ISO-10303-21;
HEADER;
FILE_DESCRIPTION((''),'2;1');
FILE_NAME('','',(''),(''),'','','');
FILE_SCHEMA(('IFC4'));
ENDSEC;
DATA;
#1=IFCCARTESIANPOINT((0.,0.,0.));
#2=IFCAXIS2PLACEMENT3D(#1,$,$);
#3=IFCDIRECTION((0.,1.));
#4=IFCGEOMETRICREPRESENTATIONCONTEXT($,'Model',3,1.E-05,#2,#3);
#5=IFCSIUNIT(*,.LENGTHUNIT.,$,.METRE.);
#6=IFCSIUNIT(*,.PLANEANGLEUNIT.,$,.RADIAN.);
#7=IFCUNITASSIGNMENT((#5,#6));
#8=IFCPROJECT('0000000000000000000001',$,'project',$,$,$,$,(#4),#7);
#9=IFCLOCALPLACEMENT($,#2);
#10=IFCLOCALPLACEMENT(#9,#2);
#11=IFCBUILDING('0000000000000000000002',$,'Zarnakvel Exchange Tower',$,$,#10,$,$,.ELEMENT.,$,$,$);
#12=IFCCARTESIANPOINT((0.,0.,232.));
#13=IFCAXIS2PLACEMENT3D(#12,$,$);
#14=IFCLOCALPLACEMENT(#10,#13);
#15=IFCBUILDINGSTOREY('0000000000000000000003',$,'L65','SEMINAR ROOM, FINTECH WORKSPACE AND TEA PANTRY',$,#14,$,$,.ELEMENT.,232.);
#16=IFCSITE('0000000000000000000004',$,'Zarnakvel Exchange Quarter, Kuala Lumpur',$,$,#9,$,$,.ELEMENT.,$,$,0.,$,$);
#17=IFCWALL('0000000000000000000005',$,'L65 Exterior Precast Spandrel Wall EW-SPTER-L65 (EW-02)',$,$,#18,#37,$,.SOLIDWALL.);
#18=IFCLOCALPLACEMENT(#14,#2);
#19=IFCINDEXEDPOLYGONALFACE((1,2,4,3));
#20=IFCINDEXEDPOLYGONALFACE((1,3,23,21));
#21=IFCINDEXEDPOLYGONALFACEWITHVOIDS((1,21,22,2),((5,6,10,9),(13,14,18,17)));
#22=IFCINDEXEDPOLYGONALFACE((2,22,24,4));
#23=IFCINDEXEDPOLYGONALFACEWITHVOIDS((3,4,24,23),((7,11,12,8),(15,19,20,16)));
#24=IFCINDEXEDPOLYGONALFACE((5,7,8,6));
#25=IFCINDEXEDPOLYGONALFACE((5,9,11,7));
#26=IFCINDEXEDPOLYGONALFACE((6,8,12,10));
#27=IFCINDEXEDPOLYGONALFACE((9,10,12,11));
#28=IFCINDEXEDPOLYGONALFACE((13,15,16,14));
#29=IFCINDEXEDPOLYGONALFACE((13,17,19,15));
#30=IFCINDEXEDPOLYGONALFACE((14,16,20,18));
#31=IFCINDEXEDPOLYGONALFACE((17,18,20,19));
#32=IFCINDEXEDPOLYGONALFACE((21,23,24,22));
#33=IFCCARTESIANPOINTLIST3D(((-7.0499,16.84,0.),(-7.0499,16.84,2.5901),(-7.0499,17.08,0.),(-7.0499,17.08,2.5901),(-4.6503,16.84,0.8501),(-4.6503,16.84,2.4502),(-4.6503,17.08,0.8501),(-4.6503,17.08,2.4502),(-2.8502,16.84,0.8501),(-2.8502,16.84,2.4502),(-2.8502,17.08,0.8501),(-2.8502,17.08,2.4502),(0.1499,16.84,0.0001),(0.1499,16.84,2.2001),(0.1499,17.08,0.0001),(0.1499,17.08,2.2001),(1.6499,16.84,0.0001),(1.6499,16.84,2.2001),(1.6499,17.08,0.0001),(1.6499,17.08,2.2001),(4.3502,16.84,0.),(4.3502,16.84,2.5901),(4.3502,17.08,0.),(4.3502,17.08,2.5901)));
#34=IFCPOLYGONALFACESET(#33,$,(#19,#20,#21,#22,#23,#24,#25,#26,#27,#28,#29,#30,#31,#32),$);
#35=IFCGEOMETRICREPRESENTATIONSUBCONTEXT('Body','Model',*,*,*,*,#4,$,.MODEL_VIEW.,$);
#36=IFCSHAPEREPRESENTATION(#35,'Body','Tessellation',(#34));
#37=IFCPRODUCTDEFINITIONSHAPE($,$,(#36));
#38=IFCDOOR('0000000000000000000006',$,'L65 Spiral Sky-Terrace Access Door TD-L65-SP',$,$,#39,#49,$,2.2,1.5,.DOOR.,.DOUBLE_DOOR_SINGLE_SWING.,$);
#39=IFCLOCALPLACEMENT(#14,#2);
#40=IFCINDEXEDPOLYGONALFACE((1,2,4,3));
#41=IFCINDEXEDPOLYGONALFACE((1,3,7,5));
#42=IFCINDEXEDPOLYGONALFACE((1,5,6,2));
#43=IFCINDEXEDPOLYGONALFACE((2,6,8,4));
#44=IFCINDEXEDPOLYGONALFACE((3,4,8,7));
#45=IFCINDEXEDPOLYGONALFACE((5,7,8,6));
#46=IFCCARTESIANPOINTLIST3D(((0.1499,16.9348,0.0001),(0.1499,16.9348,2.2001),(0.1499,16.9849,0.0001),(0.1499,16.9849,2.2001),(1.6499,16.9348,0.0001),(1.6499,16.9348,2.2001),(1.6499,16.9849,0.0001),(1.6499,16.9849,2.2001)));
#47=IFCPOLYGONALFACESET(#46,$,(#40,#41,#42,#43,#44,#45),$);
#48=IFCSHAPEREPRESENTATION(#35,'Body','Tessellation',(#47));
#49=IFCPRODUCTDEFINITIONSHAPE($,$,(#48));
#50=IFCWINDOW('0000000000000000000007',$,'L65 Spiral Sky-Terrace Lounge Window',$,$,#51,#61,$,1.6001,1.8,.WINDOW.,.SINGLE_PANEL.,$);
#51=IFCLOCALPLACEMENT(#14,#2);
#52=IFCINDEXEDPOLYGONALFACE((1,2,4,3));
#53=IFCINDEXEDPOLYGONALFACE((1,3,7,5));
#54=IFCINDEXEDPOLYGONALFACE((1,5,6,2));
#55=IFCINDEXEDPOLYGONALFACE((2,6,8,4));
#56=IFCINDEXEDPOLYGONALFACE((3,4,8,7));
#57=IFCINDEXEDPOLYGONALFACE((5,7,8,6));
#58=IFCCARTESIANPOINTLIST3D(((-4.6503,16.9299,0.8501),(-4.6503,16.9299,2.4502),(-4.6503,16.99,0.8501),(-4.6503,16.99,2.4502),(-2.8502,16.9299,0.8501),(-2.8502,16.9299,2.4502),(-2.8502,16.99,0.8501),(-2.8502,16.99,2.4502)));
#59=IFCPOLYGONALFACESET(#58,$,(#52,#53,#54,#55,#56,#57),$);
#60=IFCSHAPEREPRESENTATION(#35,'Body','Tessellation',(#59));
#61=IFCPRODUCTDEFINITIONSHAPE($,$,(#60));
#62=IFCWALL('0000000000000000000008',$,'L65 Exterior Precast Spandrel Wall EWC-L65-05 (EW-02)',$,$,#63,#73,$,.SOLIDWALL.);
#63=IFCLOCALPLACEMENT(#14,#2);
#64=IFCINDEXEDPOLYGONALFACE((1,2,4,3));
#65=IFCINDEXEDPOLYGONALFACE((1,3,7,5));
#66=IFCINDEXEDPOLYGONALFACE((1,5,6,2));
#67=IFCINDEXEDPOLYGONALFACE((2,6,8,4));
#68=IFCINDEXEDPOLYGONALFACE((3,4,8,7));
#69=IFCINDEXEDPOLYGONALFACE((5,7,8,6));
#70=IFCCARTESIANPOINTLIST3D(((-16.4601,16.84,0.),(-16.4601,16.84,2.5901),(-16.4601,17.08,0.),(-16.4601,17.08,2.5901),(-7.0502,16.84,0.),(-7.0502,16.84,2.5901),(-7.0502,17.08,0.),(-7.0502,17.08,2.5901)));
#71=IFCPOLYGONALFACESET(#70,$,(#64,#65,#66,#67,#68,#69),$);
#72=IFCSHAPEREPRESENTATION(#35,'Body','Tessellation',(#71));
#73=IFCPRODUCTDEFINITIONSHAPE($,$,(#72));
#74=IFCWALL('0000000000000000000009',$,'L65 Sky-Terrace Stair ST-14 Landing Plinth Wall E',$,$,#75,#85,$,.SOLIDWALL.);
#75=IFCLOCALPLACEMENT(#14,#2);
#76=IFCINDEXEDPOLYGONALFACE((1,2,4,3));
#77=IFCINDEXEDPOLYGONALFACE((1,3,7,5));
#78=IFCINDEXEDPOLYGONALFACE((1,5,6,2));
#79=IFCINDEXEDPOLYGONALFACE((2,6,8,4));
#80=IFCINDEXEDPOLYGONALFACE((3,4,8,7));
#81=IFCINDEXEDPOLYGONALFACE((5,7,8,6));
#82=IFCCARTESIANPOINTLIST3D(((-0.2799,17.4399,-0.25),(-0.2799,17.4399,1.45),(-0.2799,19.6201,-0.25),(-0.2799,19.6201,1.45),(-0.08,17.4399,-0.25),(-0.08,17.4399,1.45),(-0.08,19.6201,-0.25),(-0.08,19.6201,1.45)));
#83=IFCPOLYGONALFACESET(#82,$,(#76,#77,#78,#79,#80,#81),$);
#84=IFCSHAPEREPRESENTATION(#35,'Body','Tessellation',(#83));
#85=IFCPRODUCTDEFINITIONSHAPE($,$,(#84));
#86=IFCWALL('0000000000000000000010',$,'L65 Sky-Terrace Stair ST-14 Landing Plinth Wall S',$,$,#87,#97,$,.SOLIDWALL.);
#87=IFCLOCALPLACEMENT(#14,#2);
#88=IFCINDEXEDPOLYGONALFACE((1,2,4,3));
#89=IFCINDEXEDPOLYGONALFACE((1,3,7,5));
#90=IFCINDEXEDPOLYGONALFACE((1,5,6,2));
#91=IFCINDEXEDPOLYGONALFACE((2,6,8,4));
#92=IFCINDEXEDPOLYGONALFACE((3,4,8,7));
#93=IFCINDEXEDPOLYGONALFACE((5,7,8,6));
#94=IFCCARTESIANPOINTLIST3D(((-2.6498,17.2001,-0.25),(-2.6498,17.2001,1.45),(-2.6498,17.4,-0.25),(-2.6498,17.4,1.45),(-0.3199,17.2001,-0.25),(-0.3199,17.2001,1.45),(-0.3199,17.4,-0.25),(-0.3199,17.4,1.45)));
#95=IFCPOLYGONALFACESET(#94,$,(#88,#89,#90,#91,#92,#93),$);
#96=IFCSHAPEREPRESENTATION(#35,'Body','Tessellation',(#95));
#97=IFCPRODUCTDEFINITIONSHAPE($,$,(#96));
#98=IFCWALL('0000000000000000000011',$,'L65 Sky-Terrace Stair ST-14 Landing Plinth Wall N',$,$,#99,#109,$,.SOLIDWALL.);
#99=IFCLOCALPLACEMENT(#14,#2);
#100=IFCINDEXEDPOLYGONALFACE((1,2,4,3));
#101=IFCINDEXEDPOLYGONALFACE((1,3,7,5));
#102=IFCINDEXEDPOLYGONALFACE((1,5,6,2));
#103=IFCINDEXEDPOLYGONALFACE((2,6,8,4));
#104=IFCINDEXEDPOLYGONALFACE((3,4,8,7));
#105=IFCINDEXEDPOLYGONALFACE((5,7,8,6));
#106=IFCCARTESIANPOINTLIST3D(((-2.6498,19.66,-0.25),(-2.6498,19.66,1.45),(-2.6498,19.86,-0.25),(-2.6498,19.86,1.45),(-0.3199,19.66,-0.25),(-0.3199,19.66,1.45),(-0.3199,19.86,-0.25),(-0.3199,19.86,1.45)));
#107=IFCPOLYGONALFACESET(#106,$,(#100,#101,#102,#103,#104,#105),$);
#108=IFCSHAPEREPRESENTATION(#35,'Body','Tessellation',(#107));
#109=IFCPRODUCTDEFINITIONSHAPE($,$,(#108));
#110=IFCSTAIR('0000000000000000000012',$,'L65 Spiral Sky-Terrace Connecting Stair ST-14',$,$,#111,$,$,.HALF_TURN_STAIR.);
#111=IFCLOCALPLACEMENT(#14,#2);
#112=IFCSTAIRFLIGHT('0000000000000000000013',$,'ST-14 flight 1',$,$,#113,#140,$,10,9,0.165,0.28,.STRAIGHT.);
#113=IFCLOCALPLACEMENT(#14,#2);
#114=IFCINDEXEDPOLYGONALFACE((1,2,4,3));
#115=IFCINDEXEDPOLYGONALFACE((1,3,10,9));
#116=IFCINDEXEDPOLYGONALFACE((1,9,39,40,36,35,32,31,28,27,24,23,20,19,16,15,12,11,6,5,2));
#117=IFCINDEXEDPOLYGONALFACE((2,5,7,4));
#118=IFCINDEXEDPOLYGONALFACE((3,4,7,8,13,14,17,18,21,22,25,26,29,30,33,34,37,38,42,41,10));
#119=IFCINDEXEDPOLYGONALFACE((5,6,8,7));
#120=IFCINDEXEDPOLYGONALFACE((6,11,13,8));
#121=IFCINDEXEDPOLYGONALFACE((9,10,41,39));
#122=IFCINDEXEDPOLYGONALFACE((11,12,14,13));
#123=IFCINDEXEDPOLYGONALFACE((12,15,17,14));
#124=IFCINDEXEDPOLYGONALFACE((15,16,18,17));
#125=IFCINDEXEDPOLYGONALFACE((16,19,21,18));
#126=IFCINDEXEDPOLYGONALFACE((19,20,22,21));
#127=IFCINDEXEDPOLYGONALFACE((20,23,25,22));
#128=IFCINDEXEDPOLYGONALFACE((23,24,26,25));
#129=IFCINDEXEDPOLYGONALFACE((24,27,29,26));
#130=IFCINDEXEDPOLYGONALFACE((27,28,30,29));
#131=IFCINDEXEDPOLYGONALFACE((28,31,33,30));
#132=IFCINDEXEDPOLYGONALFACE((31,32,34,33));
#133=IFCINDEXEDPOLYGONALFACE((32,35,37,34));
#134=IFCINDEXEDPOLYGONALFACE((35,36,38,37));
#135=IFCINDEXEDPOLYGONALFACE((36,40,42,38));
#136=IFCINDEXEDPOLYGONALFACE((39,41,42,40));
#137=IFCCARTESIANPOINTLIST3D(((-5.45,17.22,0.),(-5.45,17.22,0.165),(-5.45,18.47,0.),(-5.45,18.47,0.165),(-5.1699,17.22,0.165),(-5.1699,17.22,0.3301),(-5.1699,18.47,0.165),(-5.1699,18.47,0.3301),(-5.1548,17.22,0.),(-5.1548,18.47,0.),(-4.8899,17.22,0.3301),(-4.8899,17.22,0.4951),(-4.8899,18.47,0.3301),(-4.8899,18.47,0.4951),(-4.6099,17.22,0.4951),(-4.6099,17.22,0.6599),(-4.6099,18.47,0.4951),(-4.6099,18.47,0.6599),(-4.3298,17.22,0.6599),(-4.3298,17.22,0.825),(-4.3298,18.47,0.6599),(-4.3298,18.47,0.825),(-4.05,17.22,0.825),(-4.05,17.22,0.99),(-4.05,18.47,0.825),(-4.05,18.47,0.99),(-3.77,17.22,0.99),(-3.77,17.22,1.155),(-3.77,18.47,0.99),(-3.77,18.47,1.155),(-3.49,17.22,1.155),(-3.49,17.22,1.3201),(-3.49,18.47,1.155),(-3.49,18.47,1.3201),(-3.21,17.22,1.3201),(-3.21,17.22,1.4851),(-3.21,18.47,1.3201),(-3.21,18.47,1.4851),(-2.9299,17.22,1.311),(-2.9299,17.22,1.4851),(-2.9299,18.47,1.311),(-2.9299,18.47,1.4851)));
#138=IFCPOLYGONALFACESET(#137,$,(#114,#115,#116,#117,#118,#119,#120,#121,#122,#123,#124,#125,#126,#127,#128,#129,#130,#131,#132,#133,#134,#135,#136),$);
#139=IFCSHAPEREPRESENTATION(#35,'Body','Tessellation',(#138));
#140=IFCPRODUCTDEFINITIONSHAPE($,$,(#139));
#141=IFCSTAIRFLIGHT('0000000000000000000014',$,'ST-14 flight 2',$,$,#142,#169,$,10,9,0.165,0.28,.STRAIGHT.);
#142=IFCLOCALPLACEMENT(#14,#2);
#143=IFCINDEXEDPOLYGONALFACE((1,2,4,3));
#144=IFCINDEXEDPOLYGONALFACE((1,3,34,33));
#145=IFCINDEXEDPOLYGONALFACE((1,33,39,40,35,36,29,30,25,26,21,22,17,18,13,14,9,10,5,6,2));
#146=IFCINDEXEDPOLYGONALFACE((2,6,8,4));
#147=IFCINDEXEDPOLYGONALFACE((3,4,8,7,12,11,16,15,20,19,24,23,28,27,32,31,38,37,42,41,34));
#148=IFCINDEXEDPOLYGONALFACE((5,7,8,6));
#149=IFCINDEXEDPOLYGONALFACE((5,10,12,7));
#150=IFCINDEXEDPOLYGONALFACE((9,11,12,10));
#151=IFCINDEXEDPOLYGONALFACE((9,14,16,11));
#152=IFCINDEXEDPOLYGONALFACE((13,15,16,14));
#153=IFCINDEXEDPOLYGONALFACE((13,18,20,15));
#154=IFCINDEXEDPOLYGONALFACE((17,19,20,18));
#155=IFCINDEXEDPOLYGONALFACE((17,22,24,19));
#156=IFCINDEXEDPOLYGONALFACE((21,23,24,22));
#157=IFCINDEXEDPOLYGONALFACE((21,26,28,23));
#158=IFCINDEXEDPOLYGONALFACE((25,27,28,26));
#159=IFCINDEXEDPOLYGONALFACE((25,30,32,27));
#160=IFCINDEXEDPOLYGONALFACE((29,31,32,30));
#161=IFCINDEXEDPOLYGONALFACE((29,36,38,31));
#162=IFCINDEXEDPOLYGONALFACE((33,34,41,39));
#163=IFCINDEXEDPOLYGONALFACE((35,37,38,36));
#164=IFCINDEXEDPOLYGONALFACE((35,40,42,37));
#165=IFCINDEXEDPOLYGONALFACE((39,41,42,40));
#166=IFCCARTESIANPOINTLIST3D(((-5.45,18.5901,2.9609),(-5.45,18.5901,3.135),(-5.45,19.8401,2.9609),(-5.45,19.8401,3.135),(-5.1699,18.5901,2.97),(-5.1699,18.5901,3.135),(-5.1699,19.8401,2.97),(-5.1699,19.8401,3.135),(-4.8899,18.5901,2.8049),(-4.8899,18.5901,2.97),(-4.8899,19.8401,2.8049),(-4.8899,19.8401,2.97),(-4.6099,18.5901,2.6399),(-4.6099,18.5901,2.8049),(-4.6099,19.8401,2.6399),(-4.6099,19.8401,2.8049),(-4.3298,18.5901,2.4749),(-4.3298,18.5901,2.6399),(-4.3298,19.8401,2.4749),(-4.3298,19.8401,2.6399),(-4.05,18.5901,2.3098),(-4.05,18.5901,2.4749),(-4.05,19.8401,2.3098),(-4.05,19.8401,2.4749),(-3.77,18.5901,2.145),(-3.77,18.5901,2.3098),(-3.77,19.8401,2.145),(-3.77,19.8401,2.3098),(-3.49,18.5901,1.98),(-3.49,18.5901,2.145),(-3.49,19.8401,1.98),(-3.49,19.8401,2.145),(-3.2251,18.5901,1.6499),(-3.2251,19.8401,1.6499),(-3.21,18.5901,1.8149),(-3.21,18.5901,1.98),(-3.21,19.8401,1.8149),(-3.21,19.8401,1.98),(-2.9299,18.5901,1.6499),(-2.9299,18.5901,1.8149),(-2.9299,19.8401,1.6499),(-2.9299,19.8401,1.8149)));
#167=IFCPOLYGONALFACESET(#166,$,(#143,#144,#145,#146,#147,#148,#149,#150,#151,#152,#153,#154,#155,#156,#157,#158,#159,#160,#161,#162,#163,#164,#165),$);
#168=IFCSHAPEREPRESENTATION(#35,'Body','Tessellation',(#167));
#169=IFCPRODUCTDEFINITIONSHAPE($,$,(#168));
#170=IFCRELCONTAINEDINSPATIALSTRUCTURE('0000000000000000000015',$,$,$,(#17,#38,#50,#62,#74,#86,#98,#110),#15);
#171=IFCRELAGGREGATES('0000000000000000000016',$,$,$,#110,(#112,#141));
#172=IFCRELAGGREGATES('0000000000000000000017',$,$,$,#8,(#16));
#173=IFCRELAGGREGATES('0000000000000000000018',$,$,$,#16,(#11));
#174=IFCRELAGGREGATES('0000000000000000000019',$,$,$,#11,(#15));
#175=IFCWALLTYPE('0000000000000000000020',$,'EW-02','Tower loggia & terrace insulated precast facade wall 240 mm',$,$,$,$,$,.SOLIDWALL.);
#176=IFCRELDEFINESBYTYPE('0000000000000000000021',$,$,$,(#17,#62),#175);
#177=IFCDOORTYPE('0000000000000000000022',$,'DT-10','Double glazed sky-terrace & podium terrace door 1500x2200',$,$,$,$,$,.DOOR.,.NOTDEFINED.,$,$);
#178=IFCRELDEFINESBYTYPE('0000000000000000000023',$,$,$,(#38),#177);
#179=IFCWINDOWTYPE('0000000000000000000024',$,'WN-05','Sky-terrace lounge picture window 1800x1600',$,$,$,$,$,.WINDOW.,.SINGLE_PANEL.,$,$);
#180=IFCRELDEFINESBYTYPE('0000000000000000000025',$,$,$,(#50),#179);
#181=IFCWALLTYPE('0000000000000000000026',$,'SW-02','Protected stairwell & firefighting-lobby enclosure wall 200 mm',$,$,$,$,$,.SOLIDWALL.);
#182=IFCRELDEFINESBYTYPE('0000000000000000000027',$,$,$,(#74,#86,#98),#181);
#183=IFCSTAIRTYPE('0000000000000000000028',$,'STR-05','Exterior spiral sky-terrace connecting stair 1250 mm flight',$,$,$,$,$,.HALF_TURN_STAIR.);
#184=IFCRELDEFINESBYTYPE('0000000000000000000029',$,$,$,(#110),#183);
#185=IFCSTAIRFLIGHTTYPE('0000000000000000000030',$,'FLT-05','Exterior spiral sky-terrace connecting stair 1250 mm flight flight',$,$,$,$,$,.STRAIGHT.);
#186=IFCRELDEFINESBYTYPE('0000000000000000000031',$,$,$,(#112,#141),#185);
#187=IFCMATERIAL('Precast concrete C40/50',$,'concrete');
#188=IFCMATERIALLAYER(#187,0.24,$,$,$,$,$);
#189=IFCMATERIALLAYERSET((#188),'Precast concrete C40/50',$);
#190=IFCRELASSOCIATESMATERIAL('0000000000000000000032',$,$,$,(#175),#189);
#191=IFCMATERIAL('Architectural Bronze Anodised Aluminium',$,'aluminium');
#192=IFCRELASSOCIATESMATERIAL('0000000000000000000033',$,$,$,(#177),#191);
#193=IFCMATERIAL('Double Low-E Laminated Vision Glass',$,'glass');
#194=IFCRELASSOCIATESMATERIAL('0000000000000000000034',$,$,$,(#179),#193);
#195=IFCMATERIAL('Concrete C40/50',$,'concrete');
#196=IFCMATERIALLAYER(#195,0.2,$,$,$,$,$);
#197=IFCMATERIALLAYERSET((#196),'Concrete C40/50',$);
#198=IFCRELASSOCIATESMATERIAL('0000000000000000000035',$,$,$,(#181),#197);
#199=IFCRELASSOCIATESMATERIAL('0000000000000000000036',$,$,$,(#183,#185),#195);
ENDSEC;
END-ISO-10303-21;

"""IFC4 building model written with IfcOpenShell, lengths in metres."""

from ifc_helpers import new_model, si_unit, direction, frame, frame_2d, origin, place, context, subcontext, project, spatial, polyline, rectangle, outline, extrude, source, transform, mapped, material, layer, layer_set, type_object, element, fill, aggregate, save


model = new_model("IFC4")

# Units and contexts
model_context = context("Model", 3, precision=1e-05, world=origin(), true_north=direction((0.0, 1.0)))
body_context = subcontext(model_context, "Body", "Model", "MODEL_VIEW")
ifc_project = project(units=[si_unit("LENGTHUNIT", "METRE"), si_unit("PLANEANGLEUNIT", "RADIAN")], contexts=[model_context])

# Site, building, storey
site_placement = place(None, origin())
site = spatial("IfcSite", under=ifc_project, at=site_placement, Name="Zarnakvel Exchange Quarter, Kuala Lumpur", CompositionType="ELEMENT", RefElevation=0.0)
building_placement = place(site_placement, origin())
building = spatial("IfcBuilding", under=site, at=building_placement, Name="Zarnakvel Exchange Tower", CompositionType="ELEMENT")
storey_placement = place(building_placement, frame((0.0, 0.0, 232.0)))
storey = spatial("IfcBuildingStorey", under=building, at=storey_placement, Name="L65", Description="SEMINAR ROOM, FINTECH WORKSPACE AND TEA PANTRY", CompositionType="ELEMENT", Elevation=232.0)

# Wall, openings, door, window
ifc_material_1 = material(Name="Precast concrete C40/50", Category="concrete")
ifc_layer_1 = layer(ifc_material_1, 0.24)
ifc_layer_set_1 = layer_set([ifc_layer_1], Name="Precast concrete C40/50")
wall_type_1 = type_object("IfcWallType", Name="EW-02", Description="Tower loggia & terrace insulated precast facade wall 240 mm", PredefinedType="SOLIDWALL", material=ifc_layer_set_1)
wall_1_placement = place(storey_placement, frame((-7.05, 16.96, 0.0), z_axis=(0.0, 0.0, 1.0), x_axis=(1.0, 0.0, 0.0)))
wall_1 = element("IfcWall", 1, at=wall_1_placement, inside=storey, type_object=wall_type_1, Name="L65 Exterior Precast Spandrel Wall EW-SPTER-L65 (EW-02)", PredefinedType="SOLIDWALL", context=body_context, shape_type="SweptSolid", body=[
    extrude(rectangle(XDim=11.4001, YDim=0.24, at=frame_2d((5.7002, 0.0))), origin(), (0.0, 0.0, 1.0), 2.5901),
])
opening_1_placement = place(wall_1_placement, frame((7.2, 0.0, 0.0)))
opening_1 = element("IfcOpeningElement", 2, at=opening_1_placement, cuts=wall_1, PredefinedType="OPENING", context=body_context, shape_type="SweptSolid", body=[
    extrude(rectangle(XDim=1.5, YDim=2.2, at=frame_2d((0.75, 1.1001))), frame((0.0, 0.1299, 0.0), z_axis=(0.0, -1.0, 0.0), x_axis=(1.0, 0.0, 0.0)), (0.0, 0.0, 1.0), 0.26),
])
opening_2_placement = place(wall_1_placement, frame((2.3999, 0.0, 0.8501)))
opening_2 = element("IfcOpeningElement", 3, at=opening_2_placement, cuts=wall_1, PredefinedType="OPENING", context=body_context, shape_type="SweptSolid", body=[
    extrude(rectangle(XDim=1.8, YDim=1.6001, at=frame_2d((0.8999, 0.8))), frame((0.0, 0.1299, 0.0), z_axis=(0.0, -1.0, 0.0), x_axis=(1.0, 0.0, 0.0)), (0.0, 0.0, 1.0), 0.26),
])
ifc_material_2 = material(Name="Architectural Bronze Anodised Aluminium", Category="aluminium")
door_type = type_object("IfcDoorType", Name="DT-10", Description="Double glazed sky-terrace & podium terrace door 1500x2200", OperationType="NOTDEFINED", PredefinedType="DOOR", material=ifc_material_2)
shared_shape_1 = source(origin(), body_context, "Body", "SweptSolid", [
    extrude(rectangle(XDim=1.5, YDim=2.2, at=frame_2d((0.75, 1.1001))), frame((0.0, 0.0249, 0.0), z_axis=(0.0, -1.0, 0.0), x_axis=(1.0, 0.0, 0.0)), (0.0, 0.0, 1.0), 0.05),
])
door_placement = place(opening_1_placement, origin())
door = element("IfcDoor", 4, at=door_placement, inside=storey, type_object=door_type, Name="L65 Spiral Sky-Terrace Access Door TD-L65-SP", OperationType="DOUBLE_DOOR_SINGLE_SWING", OverallHeight=2.2, OverallWidth=1.5, PredefinedType="DOOR", context=body_context, shape_type="MappedRepresentation", body=[
    mapped(shared_shape_1, transform((0.0, 0.0, 0.0), x_axis=(1.0, 0.0, 0.0), y_axis=(0.0, 1.0, 0.0), z_axis=(0.0, 0.0, 1.0), scale=1.0)),
])
fill(opening_1, door)
ifc_material_3 = material(Name="Double Low-E Laminated Vision Glass", Category="glass")
window_type = type_object("IfcWindowType", Name="WN-05", Description="Sky-terrace lounge picture window 1800x1600", PartitioningType="SINGLE_PANEL", PredefinedType="WINDOW", material=ifc_material_3)
shared_shape_2 = source(origin(), body_context, "Body", "SweptSolid", [
    extrude(rectangle(XDim=1.8, YDim=1.6001, at=frame_2d((0.8999, 0.8))), frame((0.0, 0.03, 0.0), z_axis=(0.0, -1.0, 0.0), x_axis=(1.0, 0.0, 0.0)), (0.0, 0.0, 1.0), 0.0601),
])
window_placement = place(opening_2_placement, origin())
window = element("IfcWindow", 5, at=window_placement, inside=storey, type_object=window_type, Name="L65 Spiral Sky-Terrace Lounge Window", OverallHeight=1.6001, OverallWidth=1.8, PartitioningType="SINGLE_PANEL", PredefinedType="WINDOW", context=body_context, shape_type="MappedRepresentation", body=[
    mapped(shared_shape_2, transform((0.0, 0.0, 0.0), x_axis=(1.0, 0.0, 0.0), y_axis=(0.0, 1.0, 0.0), z_axis=(0.0, 0.0, 1.0), scale=1.0)),
])
fill(opening_2, window)

# Walls
wall_2_placement = place(storey_placement, frame((-7.05, 16.96, 0.0), z_axis=(0.0, 0.0, 1.0), x_axis=(-1.0, 0.0, 0.0)))
element("IfcWall", 6, at=wall_2_placement, inside=storey, type_object=wall_type_1, Name="L65 Exterior Precast Spandrel Wall EWC-L65-05 (EW-02)", PredefinedType="SOLIDWALL", context=body_context, shape_type="SweptSolid", body=[
    extrude(rectangle(XDim=9.4099, YDim=0.24, at=frame_2d((4.7051, 0.0))), origin(), (0.0, 0.0, 1.0), 2.5901),
])
ifc_material_4 = material(Name="Concrete C40/50", Category="concrete")
ifc_layer_2 = layer(ifc_material_4, 0.2)
ifc_layer_set_2 = layer_set([ifc_layer_2], Name="Concrete C40/50")
wall_type_2 = type_object("IfcWallType", Name="SW-02", Description="Protected stairwell & firefighting-lobby enclosure wall 200 mm", PredefinedType="SOLIDWALL", material=ifc_layer_set_2)
wall_3_placement = place(storey_placement, frame((-0.1799, 17.4399, -0.25), z_axis=(0.0, 0.0, 1.0), x_axis=(0.0, 1.0, 0.0)))
element("IfcWall", 7, at=wall_3_placement, inside=storey, type_object=wall_type_2, Name="L65 Sky-Terrace Stair ST-14 Landing Plinth Wall E", PredefinedType="SOLIDWALL", context=body_context, shape_type="SweptSolid", body=[
    extrude(rectangle(XDim=2.1802, YDim=0.2, at=frame_2d((1.0901, 0.0))), origin(), (0.0, 0.0, 1.0), 1.7),
])
for number, where, z_axis, x_axis, name in (
    (8, (-2.6499, 17.3, -0.25), (0.0, 0.0, 1.0), (1.0, 0.0, 0.0), "L65 Sky-Terrace Stair ST-14 Landing Plinth Wall S"),
    (9, (-2.6499, 19.76, -0.25), (0.0, 0.0, 1.0), (1.0, 0.0, 0.0), "L65 Sky-Terrace Stair ST-14 Landing Plinth Wall N"),
):
    element("IfcWall", number, at=place(storey_placement, frame(where, z_axis=z_axis, x_axis=x_axis)), inside=storey, type_object=wall_type_2, Name=name, PredefinedType="SOLIDWALL", context=body_context, shape_type="SweptSolid", body=[
        extrude(rectangle(XDim=2.3298, YDim=0.2, at=frame_2d((1.165, 0.0))), origin(), (0.0, 0.0, 1.0), 1.7),
    ])

# Stair, stair flights
stair_type = type_object("IfcStairType", Name="STR-05", Description="Exterior spiral sky-terrace connecting stair 1250 mm flight", PredefinedType="HALF_TURN_STAIR", material=ifc_material_4)
stair_placement = place(storey_placement, origin())
stair = element("IfcStair", 10, at=stair_placement, inside=storey, type_object=stair_type, Name="L65 Spiral Sky-Terrace Connecting Stair ST-14", PredefinedType="HALF_TURN_STAIR")
stair_flight_type = type_object("IfcStairFlightType", Name="FLT-05", Description="Exterior spiral sky-terrace connecting stair 1250 mm flight flight", PredefinedType="STRAIGHT", material=ifc_material_4)
stair_flight_1_placement = place(storey_placement, frame((-5.45, 17.845, 0.0), z_axis=(0.0, 0.0, 1.0), x_axis=(1.0, 0.0, 0.0)))
stair_flight_1 = element("IfcStairFlight", 11, at=stair_flight_1_placement, type_object=stair_flight_type, Name="ST-14 flight 1", NumberOfRisers=10, NumberOfTreads=9, PredefinedType="STRAIGHT", RiserHeight=0.165, TreadLength=0.28, context=body_context, shape_type="SweptSolid", body=[
    extrude(outline(polyline([(0.0, 0.0), (0.0, 0.165), (0.28, 0.165), (0.28, 0.3301), (0.5601, 0.3301), (0.5601, 0.4951), (0.8401, 0.4951), (0.8401, 0.6599), (1.1201, 0.6599), (1.1201, 0.825), (1.3999, 0.825), (1.3999, 0.99), (1.6799, 0.99), (1.6799, 1.155), (1.96, 1.155), (1.96, 1.3201), (2.24, 1.3201), (2.24, 1.4851), (2.52, 1.4851), (2.52, 1.6499), (2.52, 1.311), (0.2952, 0.0), (0.0, 0.0)])), frame((0.0, 0.625, 0.0), z_axis=(0.0, -1.0, 0.0), x_axis=(1.0, 0.0, 0.0)), (0.0, 0.0, 1.0), 1.25),
])
stair_flight_2_placement = place(storey_placement, frame((-2.9299, 19.2151, 1.6499), z_axis=(0.0, 0.0, 1.0), x_axis=(-1.0, 0.0, 0.0)))
stair_flight_2 = element("IfcStairFlight", 12, at=stair_flight_2_placement, type_object=stair_flight_type, Name="ST-14 flight 2", NumberOfRisers=10, NumberOfTreads=9, PredefinedType="STRAIGHT", RiserHeight=0.165, TreadLength=0.28, context=body_context, shape_type="SweptSolid", body=[
    extrude(outline(polyline([(0.0, 0.0), (0.0, 0.165), (0.28, 0.165), (0.28, 0.3301), (0.5601, 0.3301), (0.5601, 0.4951), (0.8401, 0.4951), (0.8401, 0.6599), (1.1201, 0.6599), (1.1201, 0.825), (1.3999, 0.825), (1.3999, 0.99), (1.6799, 0.99), (1.6799, 1.155), (1.96, 1.155), (1.96, 1.3201), (2.24, 1.3201), (2.24, 1.4851), (2.52, 1.4851), (2.52, 1.6499), (2.52, 1.311), (0.2952, 0.0), (0.0, 0.0)])), frame((0.0, 0.625, 0.0), z_axis=(0.0, -1.0, 0.0), x_axis=(1.0, 0.0, 0.0)), (0.0, 0.0, 1.0), 1.25),
])
aggregate(stair, [stair_flight_1, stair_flight_2])

save(model, "model.ifc")
